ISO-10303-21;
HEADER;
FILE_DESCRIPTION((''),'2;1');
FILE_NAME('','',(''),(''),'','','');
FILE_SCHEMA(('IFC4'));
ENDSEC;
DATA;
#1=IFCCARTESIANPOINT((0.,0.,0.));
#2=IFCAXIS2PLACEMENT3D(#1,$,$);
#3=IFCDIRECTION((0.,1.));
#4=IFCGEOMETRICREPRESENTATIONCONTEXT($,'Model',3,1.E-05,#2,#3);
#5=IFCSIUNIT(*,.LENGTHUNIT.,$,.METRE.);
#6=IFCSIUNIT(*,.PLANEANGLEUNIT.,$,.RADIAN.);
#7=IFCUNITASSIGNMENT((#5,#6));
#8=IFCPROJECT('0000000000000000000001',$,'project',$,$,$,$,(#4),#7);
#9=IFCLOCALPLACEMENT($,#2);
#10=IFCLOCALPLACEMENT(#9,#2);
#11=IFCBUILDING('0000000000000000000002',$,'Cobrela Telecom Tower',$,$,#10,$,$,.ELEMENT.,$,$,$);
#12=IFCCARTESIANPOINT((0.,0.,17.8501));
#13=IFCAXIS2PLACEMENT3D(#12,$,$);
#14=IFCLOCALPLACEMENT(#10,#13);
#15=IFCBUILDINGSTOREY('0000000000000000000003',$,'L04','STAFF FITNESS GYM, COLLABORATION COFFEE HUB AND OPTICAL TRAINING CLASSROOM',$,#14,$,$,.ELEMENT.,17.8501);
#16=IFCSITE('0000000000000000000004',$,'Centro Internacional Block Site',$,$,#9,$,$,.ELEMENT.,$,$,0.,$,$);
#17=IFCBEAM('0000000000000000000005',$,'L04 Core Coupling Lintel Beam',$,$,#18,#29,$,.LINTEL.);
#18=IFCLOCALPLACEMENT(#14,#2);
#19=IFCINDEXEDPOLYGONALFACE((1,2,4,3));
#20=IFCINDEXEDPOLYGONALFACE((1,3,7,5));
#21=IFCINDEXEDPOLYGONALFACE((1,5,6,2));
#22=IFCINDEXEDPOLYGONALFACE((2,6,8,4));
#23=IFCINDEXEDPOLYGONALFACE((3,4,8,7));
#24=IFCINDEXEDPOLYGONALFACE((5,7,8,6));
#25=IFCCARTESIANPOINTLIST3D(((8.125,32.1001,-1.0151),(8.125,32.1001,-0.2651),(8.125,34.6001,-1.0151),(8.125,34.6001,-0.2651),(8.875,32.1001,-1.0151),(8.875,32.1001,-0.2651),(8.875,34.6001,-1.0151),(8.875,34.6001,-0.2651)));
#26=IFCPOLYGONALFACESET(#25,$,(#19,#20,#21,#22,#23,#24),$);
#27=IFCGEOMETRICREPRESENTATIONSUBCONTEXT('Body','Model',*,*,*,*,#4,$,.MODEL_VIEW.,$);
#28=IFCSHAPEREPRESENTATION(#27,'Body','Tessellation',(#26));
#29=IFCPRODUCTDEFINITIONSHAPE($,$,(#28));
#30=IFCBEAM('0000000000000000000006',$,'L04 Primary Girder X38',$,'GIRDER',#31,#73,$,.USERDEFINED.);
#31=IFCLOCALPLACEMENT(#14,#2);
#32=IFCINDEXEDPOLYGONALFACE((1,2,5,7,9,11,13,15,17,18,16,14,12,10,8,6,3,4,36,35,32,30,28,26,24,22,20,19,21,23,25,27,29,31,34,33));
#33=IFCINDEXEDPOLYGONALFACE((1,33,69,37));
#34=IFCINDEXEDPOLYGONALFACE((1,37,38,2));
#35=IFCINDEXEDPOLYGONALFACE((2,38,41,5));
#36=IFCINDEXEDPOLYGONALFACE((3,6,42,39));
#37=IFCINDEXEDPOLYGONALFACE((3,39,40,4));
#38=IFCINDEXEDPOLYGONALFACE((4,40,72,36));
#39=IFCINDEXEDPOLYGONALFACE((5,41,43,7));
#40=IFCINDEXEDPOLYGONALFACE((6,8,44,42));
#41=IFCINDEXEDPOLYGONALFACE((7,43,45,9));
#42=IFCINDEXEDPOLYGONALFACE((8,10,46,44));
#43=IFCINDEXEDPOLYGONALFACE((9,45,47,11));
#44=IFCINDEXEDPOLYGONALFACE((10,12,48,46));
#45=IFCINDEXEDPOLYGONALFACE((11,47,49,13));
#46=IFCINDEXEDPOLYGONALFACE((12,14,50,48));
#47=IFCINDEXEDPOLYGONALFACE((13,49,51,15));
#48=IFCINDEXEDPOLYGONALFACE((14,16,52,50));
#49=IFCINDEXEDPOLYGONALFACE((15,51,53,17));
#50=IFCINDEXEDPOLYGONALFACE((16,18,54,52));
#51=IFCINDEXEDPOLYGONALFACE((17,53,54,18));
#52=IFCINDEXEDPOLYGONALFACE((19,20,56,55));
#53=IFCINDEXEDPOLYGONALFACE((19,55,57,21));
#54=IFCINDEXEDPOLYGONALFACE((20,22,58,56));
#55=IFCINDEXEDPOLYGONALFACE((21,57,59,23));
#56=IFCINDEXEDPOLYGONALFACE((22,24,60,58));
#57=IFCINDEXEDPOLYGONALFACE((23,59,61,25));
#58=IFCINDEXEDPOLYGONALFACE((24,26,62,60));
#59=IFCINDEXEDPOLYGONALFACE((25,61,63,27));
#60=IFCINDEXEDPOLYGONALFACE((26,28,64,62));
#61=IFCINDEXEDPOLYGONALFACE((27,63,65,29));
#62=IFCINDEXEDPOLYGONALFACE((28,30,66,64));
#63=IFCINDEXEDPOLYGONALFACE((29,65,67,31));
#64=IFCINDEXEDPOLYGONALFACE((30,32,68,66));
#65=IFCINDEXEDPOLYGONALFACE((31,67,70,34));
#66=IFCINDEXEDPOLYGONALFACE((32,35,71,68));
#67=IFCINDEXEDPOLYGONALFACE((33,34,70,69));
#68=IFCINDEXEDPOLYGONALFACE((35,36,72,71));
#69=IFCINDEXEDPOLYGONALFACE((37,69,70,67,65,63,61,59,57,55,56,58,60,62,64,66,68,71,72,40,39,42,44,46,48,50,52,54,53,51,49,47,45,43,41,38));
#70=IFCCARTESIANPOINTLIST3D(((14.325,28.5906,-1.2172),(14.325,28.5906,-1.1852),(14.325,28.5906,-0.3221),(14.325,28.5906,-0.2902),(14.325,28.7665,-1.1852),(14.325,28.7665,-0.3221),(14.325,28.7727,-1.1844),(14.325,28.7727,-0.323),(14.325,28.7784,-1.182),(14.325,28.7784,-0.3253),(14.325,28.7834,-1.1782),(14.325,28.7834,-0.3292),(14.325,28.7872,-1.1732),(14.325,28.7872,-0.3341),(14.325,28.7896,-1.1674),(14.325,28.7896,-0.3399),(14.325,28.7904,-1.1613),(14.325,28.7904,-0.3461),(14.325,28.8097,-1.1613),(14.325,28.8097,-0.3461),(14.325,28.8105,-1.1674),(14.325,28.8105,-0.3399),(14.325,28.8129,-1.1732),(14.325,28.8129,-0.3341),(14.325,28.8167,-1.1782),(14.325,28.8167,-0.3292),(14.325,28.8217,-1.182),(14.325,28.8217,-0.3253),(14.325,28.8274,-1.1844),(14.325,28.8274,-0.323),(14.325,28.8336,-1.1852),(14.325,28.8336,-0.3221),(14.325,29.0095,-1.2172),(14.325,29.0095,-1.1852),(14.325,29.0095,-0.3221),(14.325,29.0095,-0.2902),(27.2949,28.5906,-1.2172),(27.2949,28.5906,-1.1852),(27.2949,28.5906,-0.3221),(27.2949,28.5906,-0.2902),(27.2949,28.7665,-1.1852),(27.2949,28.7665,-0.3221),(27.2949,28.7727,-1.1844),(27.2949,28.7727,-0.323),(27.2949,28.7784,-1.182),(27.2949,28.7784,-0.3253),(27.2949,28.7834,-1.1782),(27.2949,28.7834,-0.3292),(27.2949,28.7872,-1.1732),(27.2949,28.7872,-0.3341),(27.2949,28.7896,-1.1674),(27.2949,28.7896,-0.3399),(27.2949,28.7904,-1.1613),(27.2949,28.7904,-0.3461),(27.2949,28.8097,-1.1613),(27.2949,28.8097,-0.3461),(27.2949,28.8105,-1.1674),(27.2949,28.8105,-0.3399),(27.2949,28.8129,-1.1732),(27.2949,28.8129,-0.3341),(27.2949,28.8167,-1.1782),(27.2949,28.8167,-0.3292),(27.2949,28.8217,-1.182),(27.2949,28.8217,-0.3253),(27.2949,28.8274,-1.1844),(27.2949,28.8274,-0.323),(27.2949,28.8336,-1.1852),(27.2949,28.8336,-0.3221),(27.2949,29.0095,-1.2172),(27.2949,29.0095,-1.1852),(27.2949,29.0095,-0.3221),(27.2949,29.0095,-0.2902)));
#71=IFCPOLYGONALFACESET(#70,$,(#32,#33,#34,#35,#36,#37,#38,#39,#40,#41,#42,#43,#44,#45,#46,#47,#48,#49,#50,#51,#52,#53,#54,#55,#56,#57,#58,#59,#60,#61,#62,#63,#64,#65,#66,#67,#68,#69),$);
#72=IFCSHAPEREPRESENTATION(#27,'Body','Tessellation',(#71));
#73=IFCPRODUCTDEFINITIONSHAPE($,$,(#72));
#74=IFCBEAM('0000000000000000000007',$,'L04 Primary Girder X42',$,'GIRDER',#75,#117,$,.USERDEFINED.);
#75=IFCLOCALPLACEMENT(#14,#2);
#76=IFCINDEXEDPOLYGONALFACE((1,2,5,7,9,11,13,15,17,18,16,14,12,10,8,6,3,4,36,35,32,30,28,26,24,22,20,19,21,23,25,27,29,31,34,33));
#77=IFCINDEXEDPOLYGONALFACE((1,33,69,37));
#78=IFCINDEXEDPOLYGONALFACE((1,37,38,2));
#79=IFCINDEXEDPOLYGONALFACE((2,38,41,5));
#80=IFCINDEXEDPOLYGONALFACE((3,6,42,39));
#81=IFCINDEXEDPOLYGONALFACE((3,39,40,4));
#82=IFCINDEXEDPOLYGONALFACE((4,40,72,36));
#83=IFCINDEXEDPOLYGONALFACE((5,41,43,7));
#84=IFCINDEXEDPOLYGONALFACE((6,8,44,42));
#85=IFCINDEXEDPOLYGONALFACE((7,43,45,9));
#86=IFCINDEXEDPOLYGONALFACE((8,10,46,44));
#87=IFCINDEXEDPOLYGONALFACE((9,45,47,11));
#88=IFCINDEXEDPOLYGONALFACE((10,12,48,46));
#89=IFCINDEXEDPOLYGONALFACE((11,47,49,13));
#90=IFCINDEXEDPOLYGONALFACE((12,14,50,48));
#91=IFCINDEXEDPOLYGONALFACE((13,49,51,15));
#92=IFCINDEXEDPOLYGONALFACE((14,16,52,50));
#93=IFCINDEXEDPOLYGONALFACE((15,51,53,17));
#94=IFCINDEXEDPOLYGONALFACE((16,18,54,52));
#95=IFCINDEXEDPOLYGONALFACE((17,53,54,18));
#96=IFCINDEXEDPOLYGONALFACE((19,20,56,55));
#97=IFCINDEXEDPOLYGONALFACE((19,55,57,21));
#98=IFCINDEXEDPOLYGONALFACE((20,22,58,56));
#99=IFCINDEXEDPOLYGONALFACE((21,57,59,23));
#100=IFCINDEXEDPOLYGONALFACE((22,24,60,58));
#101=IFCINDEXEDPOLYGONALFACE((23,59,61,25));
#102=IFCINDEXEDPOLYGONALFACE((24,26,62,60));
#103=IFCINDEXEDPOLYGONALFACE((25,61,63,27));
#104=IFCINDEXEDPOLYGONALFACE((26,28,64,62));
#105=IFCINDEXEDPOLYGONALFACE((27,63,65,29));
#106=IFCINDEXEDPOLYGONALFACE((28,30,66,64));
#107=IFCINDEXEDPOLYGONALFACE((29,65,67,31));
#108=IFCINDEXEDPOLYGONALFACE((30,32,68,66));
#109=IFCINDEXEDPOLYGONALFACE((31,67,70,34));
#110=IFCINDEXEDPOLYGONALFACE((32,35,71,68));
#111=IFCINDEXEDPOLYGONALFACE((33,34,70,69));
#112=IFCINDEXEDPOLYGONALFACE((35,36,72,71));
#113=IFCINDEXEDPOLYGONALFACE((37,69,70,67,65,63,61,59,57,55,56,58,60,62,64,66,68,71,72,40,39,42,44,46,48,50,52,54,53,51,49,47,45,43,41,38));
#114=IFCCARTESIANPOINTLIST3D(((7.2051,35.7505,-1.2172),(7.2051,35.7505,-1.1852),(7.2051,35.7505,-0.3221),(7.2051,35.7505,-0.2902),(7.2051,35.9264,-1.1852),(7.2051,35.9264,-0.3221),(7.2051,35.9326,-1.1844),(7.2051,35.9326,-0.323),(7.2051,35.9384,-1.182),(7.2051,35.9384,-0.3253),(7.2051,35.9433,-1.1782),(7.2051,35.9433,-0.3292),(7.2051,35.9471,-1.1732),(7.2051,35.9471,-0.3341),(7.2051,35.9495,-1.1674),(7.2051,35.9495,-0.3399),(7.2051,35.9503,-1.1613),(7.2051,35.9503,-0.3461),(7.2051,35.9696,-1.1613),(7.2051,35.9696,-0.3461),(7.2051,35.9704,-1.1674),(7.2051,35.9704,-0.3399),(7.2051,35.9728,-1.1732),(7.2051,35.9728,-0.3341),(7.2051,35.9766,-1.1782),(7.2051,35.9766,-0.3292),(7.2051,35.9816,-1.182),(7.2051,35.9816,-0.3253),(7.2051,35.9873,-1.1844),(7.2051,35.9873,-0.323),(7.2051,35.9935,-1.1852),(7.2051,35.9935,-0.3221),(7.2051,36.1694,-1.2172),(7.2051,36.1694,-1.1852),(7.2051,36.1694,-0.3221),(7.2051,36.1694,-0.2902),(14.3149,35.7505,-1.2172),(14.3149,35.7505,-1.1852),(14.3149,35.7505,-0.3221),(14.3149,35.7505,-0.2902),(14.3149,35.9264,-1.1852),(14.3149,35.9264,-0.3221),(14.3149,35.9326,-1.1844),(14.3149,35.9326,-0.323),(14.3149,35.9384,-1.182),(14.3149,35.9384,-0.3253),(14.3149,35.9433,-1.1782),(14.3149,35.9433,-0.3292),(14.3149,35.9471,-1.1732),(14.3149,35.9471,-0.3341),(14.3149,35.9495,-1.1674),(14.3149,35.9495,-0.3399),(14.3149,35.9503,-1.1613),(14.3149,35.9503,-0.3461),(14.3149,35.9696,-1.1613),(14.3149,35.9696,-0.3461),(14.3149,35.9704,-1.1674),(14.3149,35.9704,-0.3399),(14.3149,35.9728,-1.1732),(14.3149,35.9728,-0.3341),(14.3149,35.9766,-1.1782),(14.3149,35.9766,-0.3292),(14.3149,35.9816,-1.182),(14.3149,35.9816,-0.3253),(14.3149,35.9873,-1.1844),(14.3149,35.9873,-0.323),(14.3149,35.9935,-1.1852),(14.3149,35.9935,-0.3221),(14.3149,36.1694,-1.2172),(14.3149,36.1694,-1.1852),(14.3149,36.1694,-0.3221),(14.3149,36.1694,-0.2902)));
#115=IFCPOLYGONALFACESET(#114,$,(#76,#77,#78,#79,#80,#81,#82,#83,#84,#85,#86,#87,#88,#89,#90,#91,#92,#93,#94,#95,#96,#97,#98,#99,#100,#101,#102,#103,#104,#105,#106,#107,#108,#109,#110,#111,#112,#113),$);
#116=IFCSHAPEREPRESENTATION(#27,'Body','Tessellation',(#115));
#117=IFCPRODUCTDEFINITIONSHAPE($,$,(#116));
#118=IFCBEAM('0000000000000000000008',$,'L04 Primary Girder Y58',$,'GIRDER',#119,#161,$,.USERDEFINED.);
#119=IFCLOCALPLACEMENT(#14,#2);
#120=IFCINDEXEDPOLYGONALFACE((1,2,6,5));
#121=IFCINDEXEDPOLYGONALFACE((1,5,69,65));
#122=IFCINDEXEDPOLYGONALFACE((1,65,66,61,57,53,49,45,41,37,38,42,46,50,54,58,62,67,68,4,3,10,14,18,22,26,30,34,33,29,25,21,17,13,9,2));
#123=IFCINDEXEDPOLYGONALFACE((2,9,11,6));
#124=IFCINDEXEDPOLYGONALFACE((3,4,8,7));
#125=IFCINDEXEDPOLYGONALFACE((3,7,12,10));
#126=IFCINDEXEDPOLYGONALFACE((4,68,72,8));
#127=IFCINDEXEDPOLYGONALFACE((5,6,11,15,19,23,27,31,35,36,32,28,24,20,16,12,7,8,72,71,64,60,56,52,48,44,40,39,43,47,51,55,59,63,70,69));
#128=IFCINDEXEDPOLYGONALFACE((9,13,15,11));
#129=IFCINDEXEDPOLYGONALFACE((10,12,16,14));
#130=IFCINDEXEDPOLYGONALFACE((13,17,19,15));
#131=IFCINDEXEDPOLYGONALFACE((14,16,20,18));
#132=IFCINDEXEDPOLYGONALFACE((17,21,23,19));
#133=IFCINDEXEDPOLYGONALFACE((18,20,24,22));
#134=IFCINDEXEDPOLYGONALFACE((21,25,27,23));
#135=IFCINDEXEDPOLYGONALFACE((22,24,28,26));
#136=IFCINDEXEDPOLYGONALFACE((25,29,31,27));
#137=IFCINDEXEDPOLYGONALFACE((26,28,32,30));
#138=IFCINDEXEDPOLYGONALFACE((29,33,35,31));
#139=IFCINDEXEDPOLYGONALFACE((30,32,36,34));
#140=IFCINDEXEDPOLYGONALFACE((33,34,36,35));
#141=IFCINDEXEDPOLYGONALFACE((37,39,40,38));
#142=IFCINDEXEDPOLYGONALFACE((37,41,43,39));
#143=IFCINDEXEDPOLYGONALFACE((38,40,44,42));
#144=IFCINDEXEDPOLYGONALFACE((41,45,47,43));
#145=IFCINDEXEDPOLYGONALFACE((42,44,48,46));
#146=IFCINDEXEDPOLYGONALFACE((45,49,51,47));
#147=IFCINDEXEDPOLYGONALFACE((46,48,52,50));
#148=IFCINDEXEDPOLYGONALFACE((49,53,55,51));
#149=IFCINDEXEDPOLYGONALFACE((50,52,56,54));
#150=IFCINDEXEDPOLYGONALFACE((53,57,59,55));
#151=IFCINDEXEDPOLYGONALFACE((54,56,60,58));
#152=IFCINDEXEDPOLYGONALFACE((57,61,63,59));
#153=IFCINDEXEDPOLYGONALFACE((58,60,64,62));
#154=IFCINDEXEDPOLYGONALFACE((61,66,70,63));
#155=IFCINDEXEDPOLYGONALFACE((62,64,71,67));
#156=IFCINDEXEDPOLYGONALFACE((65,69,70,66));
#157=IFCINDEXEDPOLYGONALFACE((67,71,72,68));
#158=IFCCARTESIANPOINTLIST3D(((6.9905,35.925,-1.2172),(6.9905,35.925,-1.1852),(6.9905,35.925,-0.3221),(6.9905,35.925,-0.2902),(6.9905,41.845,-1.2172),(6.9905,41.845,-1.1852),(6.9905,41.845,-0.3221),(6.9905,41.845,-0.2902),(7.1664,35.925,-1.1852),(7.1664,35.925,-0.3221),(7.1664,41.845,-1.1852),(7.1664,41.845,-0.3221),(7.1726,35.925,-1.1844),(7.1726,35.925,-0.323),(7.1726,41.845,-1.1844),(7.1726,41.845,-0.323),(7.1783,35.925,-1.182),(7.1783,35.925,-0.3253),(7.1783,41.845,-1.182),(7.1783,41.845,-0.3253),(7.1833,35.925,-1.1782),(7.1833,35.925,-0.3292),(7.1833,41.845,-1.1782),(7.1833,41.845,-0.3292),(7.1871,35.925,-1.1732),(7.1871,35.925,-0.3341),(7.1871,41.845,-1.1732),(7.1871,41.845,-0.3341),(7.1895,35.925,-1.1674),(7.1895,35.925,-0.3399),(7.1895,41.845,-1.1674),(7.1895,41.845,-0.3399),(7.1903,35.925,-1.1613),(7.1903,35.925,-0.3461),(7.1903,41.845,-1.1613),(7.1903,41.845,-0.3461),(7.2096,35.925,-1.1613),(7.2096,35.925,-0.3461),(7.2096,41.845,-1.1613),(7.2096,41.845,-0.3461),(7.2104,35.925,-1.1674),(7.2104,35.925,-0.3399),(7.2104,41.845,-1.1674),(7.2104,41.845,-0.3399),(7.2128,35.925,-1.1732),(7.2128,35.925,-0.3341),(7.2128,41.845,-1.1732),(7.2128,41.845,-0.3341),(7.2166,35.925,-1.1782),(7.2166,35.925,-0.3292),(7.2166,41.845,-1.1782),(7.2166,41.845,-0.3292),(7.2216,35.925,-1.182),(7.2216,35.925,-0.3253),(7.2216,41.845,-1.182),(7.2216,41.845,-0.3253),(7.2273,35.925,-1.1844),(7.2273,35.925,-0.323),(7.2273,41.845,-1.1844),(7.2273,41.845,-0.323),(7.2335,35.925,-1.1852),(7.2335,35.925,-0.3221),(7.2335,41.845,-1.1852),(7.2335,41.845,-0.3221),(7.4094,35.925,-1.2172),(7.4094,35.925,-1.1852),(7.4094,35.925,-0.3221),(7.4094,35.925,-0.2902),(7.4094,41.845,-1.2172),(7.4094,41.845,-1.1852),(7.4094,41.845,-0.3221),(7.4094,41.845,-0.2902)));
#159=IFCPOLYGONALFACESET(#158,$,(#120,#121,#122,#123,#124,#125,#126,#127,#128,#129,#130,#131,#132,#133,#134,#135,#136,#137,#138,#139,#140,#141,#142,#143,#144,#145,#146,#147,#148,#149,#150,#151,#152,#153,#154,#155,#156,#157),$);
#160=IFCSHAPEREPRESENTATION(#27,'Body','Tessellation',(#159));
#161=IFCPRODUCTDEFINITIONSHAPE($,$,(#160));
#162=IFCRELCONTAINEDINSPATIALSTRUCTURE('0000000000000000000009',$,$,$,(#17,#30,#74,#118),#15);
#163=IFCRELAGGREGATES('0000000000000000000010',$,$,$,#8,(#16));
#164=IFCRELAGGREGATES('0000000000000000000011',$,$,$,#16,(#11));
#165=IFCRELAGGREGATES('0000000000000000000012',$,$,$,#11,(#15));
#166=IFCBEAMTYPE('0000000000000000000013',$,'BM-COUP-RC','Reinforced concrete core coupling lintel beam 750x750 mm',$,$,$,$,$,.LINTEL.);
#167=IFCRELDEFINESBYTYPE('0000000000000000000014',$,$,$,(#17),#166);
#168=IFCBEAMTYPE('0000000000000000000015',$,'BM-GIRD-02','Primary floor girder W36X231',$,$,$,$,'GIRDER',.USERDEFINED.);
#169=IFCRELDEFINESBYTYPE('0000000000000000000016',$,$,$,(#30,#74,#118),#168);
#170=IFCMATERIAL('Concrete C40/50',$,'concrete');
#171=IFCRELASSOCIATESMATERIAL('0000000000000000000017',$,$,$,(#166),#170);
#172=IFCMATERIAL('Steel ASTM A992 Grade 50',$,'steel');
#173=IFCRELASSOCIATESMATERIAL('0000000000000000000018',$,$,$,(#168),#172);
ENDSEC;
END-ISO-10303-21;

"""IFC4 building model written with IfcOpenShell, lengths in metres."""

from ifc_helpers import new_model, si_unit, direction, frame, origin, origin_2d, place, context, subcontext, project, spatial, rectangle, i_section, extrude, material, material_profile, profile_set, type_object, element, save


model = new_model("IFC4")

# Units and contexts
model_context = context("Model", 3, precision=1e-05, world=origin(), true_north=direction((0.0, 1.0)))
body_context = subcontext(model_context, "Body", "Model", "MODEL_VIEW")
ifc_project = project(units=[si_unit("LENGTHUNIT", "METRE"), si_unit("PLANEANGLEUNIT", "RADIAN")], contexts=[model_context])

# Site, building, storey
site_placement = place(None, origin())
site = spatial("IfcSite", under=ifc_project, at=site_placement, Name="Centro Internacional Block Site", CompositionType="ELEMENT", RefElevation=0.0)
building_placement = place(site_placement, origin())
building = spatial("IfcBuilding", under=site, at=building_placement, Name="Cobrela Telecom Tower", CompositionType="ELEMENT")
storey_placement = place(building_placement, frame((0.0, 0.0, 17.8501)))
storey = spatial("IfcBuildingStorey", under=building, at=storey_placement, Name="L04", Description="STAFF FITNESS GYM, COLLABORATION COFFEE HUB AND OPTICAL TRAINING CLASSROOM", CompositionType="ELEMENT", Elevation=17.8501)

# Beams
ifc_material_1 = material(Name="Concrete C40/50", Category="concrete")
ifc_material_profile_1 = material_profile(ifc_material_1, rectangle(XDim=0.75, YDim=0.75, at=origin_2d()), Name="RC 750x750")
ifc_profile_set_1 = profile_set([ifc_material_profile_1], Name="Concrete C40/50")
beam_type_1 = type_object("IfcBeamType", Name="BM-COUP-RC", Description="Reinforced concrete core coupling lintel beam 750x750 mm", PredefinedType="LINTEL", material=ifc_profile_set_1)
beam_1_placement = place(storey_placement, frame((8.5, 32.1001, -0.6401), z_axis=(0.0, 1.0, 0.0), x_axis=(-1.0, 0.0, 0.0)))
element("IfcBeam", 1, at=beam_1_placement, inside=storey, type_object=beam_type_1, Name="L04 Core Coupling Lintel Beam", PredefinedType="LINTEL", context=body_context, shape_type="SweptSolid", body=[
    extrude(rectangle(XDim=0.75, YDim=0.75, at=origin_2d()), origin(), (0.0, 0.0, 1.0), 2.5),
])
ifc_material_2 = material(Name="Steel ASTM A992 Grade 50", Category="steel")
ifc_material_profile_2 = material_profile(ifc_material_2, i_section(OverallWidth=0.4189, OverallDepth=0.927, WebThickness=0.0193, FlangeThickness=0.032, FilletRadius=0.0239, at=origin_2d()), Name="W36X231")
ifc_profile_set_2 = profile_set([ifc_material_profile_2], Name="Steel ASTM A992 Grade 50")
beam_type_2 = type_object("IfcBeamType", Name="BM-GIRD-02", Description="Primary floor girder W36X231", ElementType="GIRDER", PredefinedType="USERDEFINED", material=ifc_profile_set_2)
beam_2_placement = place(storey_placement, frame((14.325, 28.8, -0.7537), z_axis=(1.0, 0.0, 0.0), x_axis=(0.0, 1.0, 0.0)))
element("IfcBeam", 2, at=beam_2_placement, inside=storey, type_object=beam_type_2, Name="L04 Primary Girder X38", ObjectType="GIRDER", PredefinedType="USERDEFINED", context=body_context, shape_type="SweptSolid", body=[
    extrude(i_section(OverallWidth=0.4189, OverallDepth=0.927, WebThickness=0.0193, FlangeThickness=0.032, FilletRadius=0.0239, at=origin_2d()), origin(), (0.0, 0.0, 1.0), 12.97),
])
beam_3_placement = place(storey_placement, frame((7.2051, 35.96, -0.7537), z_axis=(1.0, 0.0, 0.0), x_axis=(0.0, 1.0, 0.0)))
element("IfcBeam", 3, at=beam_3_placement, inside=storey, type_object=beam_type_2, Name="L04 Primary Girder X42", ObjectType="GIRDER", PredefinedType="USERDEFINED", context=body_context, shape_type="SweptSolid", body=[
    extrude(i_section(OverallWidth=0.4189, OverallDepth=0.927, WebThickness=0.0193, FlangeThickness=0.032, FilletRadius=0.0239, at=origin_2d()), origin(), (0.0, 0.0, 1.0), 7.1099),
])
beam_4_placement = place(storey_placement, frame((7.2, 35.925, -0.7537), z_axis=(0.0, 1.0, 0.0), x_axis=(-1.0, 0.0, 0.0)))
element("IfcBeam", 4, at=beam_4_placement, inside=storey, type_object=beam_type_2, Name="L04 Primary Girder Y58", ObjectType="GIRDER", PredefinedType="USERDEFINED", context=body_context, shape_type="SweptSolid", body=[
    extrude(i_section(OverallWidth=0.4189, OverallDepth=0.927, WebThickness=0.0193, FlangeThickness=0.032, FilletRadius=0.0239, at=origin_2d()), origin(), (0.0, 0.0, 1.0), 5.9199),
])

save(model, "model.ifc")
